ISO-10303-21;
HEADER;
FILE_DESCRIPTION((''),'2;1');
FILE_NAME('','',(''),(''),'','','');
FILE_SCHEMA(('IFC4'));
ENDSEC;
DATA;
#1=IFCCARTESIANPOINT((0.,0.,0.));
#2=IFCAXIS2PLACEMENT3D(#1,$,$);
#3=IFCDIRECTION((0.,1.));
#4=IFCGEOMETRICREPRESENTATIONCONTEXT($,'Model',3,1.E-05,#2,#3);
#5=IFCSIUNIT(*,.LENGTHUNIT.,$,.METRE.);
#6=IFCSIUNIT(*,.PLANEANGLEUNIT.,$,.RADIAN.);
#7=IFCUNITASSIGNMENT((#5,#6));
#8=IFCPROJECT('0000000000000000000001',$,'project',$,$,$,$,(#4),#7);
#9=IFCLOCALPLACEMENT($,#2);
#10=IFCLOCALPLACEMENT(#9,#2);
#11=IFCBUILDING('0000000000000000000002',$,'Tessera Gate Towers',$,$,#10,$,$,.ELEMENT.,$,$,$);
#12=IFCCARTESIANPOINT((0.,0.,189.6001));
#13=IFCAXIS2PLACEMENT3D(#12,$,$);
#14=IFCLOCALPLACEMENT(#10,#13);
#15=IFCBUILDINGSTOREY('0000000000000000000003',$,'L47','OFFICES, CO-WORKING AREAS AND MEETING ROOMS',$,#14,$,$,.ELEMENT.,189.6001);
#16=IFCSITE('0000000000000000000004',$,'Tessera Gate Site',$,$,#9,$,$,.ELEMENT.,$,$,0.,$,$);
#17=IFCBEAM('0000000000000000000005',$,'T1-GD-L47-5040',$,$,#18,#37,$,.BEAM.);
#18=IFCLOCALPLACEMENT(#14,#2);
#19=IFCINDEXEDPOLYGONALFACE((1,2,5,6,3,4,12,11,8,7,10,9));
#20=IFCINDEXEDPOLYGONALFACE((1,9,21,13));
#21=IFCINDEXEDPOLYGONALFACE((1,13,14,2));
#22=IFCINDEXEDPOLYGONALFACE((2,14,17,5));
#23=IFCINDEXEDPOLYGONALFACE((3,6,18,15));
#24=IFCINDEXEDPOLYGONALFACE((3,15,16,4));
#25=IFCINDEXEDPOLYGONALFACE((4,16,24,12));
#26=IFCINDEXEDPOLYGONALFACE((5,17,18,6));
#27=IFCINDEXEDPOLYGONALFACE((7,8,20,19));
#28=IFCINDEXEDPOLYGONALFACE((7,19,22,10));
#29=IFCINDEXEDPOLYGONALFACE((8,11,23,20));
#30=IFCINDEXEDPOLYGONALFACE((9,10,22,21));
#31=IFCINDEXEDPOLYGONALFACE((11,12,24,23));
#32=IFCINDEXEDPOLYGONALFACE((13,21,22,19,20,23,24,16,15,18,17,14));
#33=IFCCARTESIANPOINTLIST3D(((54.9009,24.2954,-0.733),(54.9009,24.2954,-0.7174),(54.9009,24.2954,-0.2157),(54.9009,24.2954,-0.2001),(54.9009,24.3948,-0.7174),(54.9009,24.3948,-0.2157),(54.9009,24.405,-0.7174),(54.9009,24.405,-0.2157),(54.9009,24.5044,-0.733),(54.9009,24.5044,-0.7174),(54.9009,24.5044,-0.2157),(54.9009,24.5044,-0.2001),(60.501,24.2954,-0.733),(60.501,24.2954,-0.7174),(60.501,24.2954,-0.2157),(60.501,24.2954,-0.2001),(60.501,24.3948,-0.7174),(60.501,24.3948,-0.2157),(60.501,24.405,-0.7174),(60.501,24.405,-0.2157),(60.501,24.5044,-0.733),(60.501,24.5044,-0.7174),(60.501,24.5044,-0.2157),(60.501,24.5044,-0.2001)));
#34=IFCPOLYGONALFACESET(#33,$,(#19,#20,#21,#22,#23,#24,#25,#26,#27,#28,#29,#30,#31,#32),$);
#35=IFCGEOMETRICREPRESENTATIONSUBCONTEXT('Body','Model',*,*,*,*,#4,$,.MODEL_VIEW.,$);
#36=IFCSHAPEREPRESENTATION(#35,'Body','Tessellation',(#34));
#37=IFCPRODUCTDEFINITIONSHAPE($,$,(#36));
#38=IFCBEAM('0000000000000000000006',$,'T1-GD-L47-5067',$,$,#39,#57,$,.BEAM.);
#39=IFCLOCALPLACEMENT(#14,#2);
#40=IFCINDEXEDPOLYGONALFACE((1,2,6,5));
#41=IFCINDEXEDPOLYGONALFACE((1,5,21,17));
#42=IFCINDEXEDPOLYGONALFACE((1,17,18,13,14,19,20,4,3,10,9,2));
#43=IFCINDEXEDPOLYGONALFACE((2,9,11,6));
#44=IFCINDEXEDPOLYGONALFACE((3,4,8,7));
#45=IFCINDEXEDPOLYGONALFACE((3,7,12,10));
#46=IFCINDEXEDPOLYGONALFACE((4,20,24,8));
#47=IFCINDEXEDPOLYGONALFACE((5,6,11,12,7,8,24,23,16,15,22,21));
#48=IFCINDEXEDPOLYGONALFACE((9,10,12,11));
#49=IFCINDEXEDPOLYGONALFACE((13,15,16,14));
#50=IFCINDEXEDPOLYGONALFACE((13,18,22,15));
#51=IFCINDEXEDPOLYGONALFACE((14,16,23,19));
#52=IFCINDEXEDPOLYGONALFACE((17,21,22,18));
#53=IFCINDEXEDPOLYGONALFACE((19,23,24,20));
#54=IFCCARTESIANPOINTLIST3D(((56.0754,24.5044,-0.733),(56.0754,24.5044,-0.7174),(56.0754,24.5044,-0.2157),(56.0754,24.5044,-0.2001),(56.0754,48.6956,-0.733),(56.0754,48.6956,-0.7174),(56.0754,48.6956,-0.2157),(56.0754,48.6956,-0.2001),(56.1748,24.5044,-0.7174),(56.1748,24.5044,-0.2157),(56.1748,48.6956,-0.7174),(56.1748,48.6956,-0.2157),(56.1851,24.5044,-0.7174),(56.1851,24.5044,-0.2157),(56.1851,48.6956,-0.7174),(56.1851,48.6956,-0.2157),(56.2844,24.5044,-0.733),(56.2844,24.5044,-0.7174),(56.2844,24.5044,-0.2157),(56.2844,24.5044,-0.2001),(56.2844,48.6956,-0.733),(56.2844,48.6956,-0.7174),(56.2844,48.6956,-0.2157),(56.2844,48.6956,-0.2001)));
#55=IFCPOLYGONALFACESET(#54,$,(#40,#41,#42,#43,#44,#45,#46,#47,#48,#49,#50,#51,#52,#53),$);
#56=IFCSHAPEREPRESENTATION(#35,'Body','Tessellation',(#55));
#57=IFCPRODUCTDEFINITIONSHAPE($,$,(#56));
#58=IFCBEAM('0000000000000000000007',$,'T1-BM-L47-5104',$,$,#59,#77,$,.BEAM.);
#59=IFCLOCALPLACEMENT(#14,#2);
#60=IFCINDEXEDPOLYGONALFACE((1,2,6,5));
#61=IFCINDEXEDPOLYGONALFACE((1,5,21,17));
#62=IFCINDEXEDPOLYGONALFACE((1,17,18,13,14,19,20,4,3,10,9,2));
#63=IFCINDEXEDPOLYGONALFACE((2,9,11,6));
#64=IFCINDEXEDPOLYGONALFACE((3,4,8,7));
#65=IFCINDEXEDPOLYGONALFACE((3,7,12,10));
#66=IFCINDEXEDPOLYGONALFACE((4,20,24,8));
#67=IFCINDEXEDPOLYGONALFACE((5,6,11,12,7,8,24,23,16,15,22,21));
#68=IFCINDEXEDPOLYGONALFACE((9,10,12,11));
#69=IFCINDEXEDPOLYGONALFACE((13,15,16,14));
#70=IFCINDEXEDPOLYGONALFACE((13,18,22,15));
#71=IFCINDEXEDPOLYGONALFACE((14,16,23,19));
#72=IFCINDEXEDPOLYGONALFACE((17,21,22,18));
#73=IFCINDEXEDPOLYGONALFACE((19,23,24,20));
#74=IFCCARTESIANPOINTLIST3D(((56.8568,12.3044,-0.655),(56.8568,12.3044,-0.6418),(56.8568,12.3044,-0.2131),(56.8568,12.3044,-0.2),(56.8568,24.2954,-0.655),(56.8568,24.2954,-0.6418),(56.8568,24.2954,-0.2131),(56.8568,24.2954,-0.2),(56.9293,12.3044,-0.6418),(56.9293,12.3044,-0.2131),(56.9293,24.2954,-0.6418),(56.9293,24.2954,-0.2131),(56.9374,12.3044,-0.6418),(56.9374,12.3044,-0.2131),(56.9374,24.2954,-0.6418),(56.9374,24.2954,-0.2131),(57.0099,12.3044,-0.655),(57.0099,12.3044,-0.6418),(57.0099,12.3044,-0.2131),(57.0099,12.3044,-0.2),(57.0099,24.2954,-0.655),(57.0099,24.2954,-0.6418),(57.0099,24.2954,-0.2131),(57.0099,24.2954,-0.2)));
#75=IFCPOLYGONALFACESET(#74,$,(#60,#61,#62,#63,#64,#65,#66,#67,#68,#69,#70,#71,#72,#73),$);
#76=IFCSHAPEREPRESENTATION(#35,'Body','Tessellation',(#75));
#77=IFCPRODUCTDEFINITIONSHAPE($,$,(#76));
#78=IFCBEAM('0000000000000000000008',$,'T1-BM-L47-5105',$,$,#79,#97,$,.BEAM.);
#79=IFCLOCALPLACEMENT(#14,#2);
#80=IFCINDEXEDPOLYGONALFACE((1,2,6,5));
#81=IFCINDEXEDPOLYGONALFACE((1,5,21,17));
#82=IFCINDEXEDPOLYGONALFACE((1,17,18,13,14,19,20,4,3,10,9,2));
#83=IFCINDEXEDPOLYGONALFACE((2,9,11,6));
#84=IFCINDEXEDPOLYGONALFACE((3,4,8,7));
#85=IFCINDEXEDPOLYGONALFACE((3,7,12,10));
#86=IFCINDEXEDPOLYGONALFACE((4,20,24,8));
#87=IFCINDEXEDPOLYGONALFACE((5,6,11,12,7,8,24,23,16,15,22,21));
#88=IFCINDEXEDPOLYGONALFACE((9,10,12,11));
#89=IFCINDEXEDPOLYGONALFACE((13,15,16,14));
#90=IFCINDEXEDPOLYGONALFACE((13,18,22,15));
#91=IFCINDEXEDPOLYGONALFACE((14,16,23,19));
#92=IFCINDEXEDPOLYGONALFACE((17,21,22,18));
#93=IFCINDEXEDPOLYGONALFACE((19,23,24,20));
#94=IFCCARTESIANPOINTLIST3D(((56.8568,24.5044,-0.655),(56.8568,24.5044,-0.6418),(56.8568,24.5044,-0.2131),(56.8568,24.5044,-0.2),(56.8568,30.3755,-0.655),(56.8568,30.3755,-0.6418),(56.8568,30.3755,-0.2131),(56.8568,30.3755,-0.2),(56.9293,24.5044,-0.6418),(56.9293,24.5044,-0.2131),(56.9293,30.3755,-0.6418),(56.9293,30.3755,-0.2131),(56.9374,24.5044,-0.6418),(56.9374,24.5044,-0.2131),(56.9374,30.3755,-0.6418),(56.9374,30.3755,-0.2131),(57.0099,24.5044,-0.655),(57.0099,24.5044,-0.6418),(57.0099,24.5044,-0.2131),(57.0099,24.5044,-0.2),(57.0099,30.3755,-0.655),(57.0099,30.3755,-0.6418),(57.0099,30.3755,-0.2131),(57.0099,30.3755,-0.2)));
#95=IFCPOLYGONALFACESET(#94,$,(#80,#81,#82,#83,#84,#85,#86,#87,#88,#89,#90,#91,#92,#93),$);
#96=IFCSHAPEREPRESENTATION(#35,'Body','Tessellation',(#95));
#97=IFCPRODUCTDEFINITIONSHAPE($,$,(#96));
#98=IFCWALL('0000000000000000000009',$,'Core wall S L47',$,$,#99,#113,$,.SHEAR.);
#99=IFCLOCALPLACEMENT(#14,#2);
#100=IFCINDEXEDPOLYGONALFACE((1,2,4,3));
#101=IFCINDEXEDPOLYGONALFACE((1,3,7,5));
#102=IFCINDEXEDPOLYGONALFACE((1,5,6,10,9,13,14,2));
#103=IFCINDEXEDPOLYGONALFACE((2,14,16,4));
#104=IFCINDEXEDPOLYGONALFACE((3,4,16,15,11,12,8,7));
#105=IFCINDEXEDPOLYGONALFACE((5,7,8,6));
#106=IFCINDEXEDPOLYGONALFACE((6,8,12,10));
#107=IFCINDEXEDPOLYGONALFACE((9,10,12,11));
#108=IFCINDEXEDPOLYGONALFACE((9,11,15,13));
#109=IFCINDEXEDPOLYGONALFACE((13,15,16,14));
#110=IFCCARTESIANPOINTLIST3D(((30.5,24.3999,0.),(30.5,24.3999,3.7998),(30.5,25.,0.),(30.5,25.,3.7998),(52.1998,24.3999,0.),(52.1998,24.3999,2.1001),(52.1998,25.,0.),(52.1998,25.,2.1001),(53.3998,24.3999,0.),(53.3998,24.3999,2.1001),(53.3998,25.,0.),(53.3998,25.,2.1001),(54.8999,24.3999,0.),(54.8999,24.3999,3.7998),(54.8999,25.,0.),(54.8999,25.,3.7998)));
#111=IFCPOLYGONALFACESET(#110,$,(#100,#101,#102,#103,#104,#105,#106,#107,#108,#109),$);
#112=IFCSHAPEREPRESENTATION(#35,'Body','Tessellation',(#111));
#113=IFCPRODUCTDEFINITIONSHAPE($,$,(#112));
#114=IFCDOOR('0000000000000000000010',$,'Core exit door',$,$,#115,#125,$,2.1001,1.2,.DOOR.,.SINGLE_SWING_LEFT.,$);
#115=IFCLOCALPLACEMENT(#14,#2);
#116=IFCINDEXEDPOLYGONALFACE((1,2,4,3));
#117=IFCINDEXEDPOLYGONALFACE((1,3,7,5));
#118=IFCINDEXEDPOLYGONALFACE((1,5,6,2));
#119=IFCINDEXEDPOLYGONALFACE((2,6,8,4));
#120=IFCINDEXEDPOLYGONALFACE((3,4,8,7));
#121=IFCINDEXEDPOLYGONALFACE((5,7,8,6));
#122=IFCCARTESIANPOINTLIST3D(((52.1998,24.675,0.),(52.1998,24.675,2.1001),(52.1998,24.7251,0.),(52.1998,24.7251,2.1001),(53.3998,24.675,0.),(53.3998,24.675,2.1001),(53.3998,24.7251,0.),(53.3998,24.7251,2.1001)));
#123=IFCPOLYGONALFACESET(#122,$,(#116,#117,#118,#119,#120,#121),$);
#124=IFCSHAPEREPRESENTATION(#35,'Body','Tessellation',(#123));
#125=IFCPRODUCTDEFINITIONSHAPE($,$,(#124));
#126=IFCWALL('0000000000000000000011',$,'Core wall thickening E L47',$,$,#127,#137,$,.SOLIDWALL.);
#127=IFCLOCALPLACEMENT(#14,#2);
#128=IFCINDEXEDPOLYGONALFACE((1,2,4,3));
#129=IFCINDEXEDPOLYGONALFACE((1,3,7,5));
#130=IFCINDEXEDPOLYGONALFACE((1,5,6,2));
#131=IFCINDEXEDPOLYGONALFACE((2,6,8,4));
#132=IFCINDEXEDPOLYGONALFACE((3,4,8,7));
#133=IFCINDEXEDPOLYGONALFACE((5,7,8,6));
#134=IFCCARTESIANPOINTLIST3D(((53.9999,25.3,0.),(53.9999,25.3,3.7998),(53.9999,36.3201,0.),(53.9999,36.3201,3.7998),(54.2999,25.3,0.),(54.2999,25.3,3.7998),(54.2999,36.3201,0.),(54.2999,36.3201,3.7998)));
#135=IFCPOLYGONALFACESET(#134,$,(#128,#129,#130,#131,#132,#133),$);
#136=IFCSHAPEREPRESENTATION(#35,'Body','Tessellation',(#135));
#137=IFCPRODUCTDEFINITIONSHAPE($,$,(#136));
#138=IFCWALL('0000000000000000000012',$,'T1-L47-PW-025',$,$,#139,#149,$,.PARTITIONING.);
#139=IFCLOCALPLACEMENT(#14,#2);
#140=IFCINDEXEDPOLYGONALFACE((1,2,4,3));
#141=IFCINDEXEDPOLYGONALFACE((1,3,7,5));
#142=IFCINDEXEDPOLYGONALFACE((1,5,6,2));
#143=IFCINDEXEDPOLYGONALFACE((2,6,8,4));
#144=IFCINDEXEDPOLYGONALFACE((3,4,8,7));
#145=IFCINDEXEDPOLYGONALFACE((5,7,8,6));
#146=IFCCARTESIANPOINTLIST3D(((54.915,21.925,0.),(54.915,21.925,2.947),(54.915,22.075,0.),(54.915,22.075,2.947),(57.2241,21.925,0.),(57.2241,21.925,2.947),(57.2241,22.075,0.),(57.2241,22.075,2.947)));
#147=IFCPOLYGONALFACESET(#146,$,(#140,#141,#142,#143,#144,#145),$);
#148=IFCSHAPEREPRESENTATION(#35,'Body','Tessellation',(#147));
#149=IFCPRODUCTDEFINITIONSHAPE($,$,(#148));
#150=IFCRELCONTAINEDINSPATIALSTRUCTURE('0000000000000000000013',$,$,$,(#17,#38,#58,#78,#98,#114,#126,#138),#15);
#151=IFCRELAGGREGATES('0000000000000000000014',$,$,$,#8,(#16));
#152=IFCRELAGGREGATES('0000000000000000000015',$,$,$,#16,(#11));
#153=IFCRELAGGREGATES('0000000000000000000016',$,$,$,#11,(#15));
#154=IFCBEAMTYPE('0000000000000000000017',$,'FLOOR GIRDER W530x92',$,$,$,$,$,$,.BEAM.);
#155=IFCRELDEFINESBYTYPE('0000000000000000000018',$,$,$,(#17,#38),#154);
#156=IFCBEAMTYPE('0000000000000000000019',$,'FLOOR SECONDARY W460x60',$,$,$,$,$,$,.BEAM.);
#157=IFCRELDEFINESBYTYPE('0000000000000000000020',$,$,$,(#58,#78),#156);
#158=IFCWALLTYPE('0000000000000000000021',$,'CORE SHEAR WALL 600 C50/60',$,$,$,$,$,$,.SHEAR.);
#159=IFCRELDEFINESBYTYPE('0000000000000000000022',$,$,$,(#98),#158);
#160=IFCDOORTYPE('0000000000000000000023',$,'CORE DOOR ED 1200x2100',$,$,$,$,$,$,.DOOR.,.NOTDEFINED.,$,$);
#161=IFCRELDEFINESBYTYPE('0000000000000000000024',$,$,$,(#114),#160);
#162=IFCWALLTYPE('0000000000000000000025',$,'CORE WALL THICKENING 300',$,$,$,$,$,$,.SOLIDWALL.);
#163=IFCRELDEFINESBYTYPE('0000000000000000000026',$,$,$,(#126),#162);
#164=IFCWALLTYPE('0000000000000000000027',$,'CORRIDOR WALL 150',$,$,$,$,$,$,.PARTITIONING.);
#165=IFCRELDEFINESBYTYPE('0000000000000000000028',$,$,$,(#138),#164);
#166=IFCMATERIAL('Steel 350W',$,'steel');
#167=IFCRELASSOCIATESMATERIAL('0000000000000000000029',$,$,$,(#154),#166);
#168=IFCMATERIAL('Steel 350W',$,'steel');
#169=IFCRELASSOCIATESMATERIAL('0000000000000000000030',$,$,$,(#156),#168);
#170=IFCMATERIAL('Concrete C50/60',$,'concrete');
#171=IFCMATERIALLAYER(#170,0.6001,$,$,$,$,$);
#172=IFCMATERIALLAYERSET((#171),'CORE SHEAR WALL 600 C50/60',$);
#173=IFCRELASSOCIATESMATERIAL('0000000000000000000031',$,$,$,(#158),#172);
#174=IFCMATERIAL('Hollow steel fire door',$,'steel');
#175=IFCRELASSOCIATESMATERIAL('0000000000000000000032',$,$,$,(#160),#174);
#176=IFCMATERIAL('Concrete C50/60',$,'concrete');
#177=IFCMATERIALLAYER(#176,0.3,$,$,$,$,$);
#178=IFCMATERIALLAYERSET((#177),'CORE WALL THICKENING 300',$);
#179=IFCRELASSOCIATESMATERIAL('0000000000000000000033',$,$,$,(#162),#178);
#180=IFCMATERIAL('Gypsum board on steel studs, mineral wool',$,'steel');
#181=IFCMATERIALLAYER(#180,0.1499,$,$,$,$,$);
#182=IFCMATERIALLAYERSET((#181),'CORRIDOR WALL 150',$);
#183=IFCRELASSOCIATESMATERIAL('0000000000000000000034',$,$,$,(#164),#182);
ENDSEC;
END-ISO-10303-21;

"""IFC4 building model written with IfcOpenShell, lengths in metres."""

from ifc_helpers import new_model, si_unit, direction, frame, frame_2d, origin, origin_2d, place, context, subcontext, project, spatial, rectangle, i_section, extrude, source, transform, mapped, material, layer, layer_set, material_profile, profile_set, type_object, element, fill, save


model = new_model("IFC4")

# Units and contexts
model_context = context("Model", 3, precision=1e-05, world=origin(), true_north=direction((0.0, 1.0)))
body_context = subcontext(model_context, "Body", "Model", "MODEL_VIEW")
ifc_project = project(units=[si_unit("LENGTHUNIT", "METRE"), si_unit("PLANEANGLEUNIT", "RADIAN")], contexts=[model_context])

# Site, building, storey
site_placement = place(None, origin())
site = spatial("IfcSite", under=ifc_project, at=site_placement, Name="Tessera Gate Site", CompositionType="ELEMENT", RefElevation=0.0)
building_placement = place(site_placement, origin())
building = spatial("IfcBuilding", under=site, at=building_placement, Name="Tessera Gate Towers", CompositionType="ELEMENT")
storey_placement = place(building_placement, frame((0.0, 0.0, 189.6001)))
storey = spatial("IfcBuildingStorey", under=building, at=storey_placement, Name="L47", Description="OFFICES, CO-WORKING AREAS AND MEETING ROOMS", CompositionType="ELEMENT", Elevation=189.6001)

# Beams
ifc_material_1 = material(Name="Steel 350W", Category="steel")
ifc_material_profile_1 = material_profile(ifc_material_1, i_section(OverallWidth=0.209, OverallDepth=0.533, WebThickness=0.0103, FlangeThickness=0.0156, at=origin_2d()), Name="W530x92")
ifc_profile_set_1 = profile_set([ifc_material_profile_1], Name="Steel 350W")
beam_type_1 = type_object("IfcBeamType", Name="FLOOR GIRDER W530x92", PredefinedType="BEAM", material=ifc_profile_set_1)
beam_1_placement = place(storey_placement, frame((54.9009, 24.3999, -0.4666), z_axis=(1.0, 0.0, 0.0), x_axis=(0.0, 1.0, 0.0)))
element("IfcBeam", 1, at=beam_1_placement, inside=storey, type_object=beam_type_1, Name="T1-GD-L47-5040", PredefinedType="BEAM", context=body_context, shape_type="SweptSolid", body=[
    extrude(i_section(OverallWidth=0.209, OverallDepth=0.533, WebThickness=0.0103, FlangeThickness=0.0156, at=origin_2d()), origin(), (0.0, 0.0, 1.0), 5.6001),
])
beam_2_placement = place(storey_placement, frame((56.1799, 24.5044, -0.4666), z_axis=(0.0, 1.0, 0.0), x_axis=(-1.0, 0.0, 0.0)))
element("IfcBeam", 2, at=beam_2_placement, inside=storey, type_object=beam_type_1, Name="T1-GD-L47-5067", PredefinedType="BEAM", context=body_context, shape_type="SweptSolid", body=[
    extrude(i_section(OverallWidth=0.209, OverallDepth=0.533, WebThickness=0.0103, FlangeThickness=0.0156, at=origin_2d()), origin(), (0.0, 0.0, 1.0), 24.1912),
])
ifc_material_2 = material(Name="Steel 350W", Category="steel")
ifc_material_profile_2 = material_profile(ifc_material_2, i_section(OverallWidth=0.1531, OverallDepth=0.4551, WebThickness=0.0081, FlangeThickness=0.0132, at=origin_2d()), Name="W460x60")
ifc_profile_set_2 = profile_set([ifc_material_profile_2], Name="Steel 350W")
beam_type_2 = type_object("IfcBeamType", Name="FLOOR SECONDARY W460x60", PredefinedType="BEAM", material=ifc_profile_set_2)
beam_3_placement = place(storey_placement, frame((56.9333, 12.3044, -0.4275), z_axis=(0.0, 1.0, 0.0), x_axis=(-1.0, 0.0, 0.0)))
element("IfcBeam", 3, at=beam_3_placement, inside=storey, type_object=beam_type_2, Name="T1-BM-L47-5104", PredefinedType="BEAM", context=body_context, shape_type="SweptSolid", body=[
    extrude(i_section(OverallWidth=0.1531, OverallDepth=0.4551, WebThickness=0.0081, FlangeThickness=0.0132, at=origin_2d()), origin(), (0.0, 0.0, 1.0), 11.991),
])
beam_4_placement = place(storey_placement, frame((56.9333, 24.5044, -0.4275), z_axis=(0.0, 1.0, 0.0), x_axis=(-1.0, 0.0, 0.0)))
element("IfcBeam", 4, at=beam_4_placement, inside=storey, type_object=beam_type_2, Name="T1-BM-L47-5105", PredefinedType="BEAM", context=body_context, shape_type="SweptSolid", body=[
    extrude(i_section(OverallWidth=0.1531, OverallDepth=0.4551, WebThickness=0.0081, FlangeThickness=0.0132, at=origin_2d()), origin(), (0.0, 0.0, 1.0), 5.8711),
])

# Wall, opening, door
ifc_material_3 = material(Name="Concrete C50/60", Category="concrete")
ifc_layer_1 = layer(ifc_material_3, 0.6001)
ifc_layer_set_1 = layer_set([ifc_layer_1], Name="CORE SHEAR WALL 600 C50/60")
wall_type_1 = type_object("IfcWallType", Name="CORE SHEAR WALL 600 C50/60", PredefinedType="SHEAR", material=ifc_layer_set_1)
wall_1_placement = place(storey_placement, frame((54.8999, 24.7, 0.0), z_axis=(0.0, 0.0, 1.0), x_axis=(-1.0, 0.0, 0.0)))
wall_1 = element("IfcWall", 5, at=wall_1_placement, inside=storey, type_object=wall_type_1, Name="Core wall S L47", PredefinedType="SHEAR", context=body_context, shape_type="SweptSolid", body=[
    extrude(rectangle(XDim=24.3999, YDim=0.6001, at=frame_2d((12.2, 0.0))), origin(), (0.0, 0.0, 1.0), 3.7998),
])
shared_shape_1 = source(origin(), body_context, "Body", "SweptSolid", [
    extrude(rectangle(XDim=1.2, YDim=2.1001, at=frame_2d((0.6001, 1.05))), frame((0.0, 0.3101, 0.0), z_axis=(0.0, -1.0, 0.0), x_axis=(1.0, 0.0, 0.0)), (0.0, 0.0, 1.0), 0.6201),
])
opening_1_placement = place(wall_1_placement, frame((1.5, 0.0, 0.0)))
opening_1 = element("IfcOpeningElement", 6, at=opening_1_placement, cuts=wall_1, PredefinedType="OPENING", context=body_context, shape_type="MappedRepresentation", body=[
    mapped(shared_shape_1, transform((0.0, 0.0, 0.0), scale=1.0)),
])
ifc_material_4 = material(Name="Hollow steel fire door", Category="steel")
door_type_1 = type_object("IfcDoorType", Name="CORE DOOR ED 1200x2100", OperationType="NOTDEFINED", PredefinedType="DOOR", material=ifc_material_4)
shared_shape_2 = source(origin(), body_context, "Body", "SweptSolid", [
    extrude(rectangle(XDim=1.2, YDim=2.1001, at=frame_2d((0.6001, 1.05))), frame((0.0, 0.0249, 0.0), z_axis=(0.0, -1.0, 0.0), x_axis=(1.0, 0.0, 0.0)), (0.0, 0.0, 1.0), 0.05),
])
door_1_placement = place(opening_1_placement, origin())
door_1 = element("IfcDoor", 7, at=door_1_placement, inside=storey, type_object=door_type_1, Name="Core exit door", OperationType="SINGLE_SWING_LEFT", OverallHeight=2.1001, OverallWidth=1.2, PredefinedType="DOOR", context=body_context, shape_type="MappedRepresentation", body=[
    mapped(shared_shape_2, transform((0.0, 0.0, 0.0), scale=1.0)),
])
fill(opening_1, door_1)

# Walls
ifc_material_5 = material(Name="Concrete C50/60", Category="concrete")
ifc_layer_2 = layer(ifc_material_5, 0.3)
ifc_layer_set_2 = layer_set([ifc_layer_2], Name="CORE WALL THICKENING 300")
wall_type_2 = type_object("IfcWallType", Name="CORE WALL THICKENING 300", PredefinedType="SOLIDWALL", material=ifc_layer_set_2)
wall_2_placement = place(storey_placement, frame((54.1499, 25.3, 0.0), z_axis=(0.0, 0.0, 1.0), x_axis=(0.0, 1.0, 0.0)))
element("IfcWall", 8, at=wall_2_placement, inside=storey, type_object=wall_type_2, Name="Core wall thickening E L47", PredefinedType="SOLIDWALL", context=body_context, shape_type="SweptSolid", body=[
    extrude(rectangle(XDim=11.02, YDim=0.3, at=frame_2d((5.51, 0.0))), origin(), (0.0, 0.0, 1.0), 3.7998),
])
ifc_material_6 = material(Name="Gypsum board on steel studs, mineral wool", Category="steel")
ifc_layer_3 = layer(ifc_material_6, 0.1499)
ifc_layer_set_3 = layer_set([ifc_layer_3], Name="CORRIDOR WALL 150")
wall_type_3 = type_object("IfcWallType", Name="CORRIDOR WALL 150", PredefinedType="PARTITIONING", material=ifc_layer_set_3)
wall_3_placement = place(storey_placement, frame((54.915, 22.0, 0.0), z_axis=(0.0, 0.0, 1.0), x_axis=(1.0, 0.0, 0.0)))
element("IfcWall", 9, at=wall_3_placement, inside=storey, type_object=wall_type_3, Name="T1-L47-PW-025", PredefinedType="PARTITIONING", context=body_context, shape_type="SweptSolid", body=[
    extrude(rectangle(XDim=2.3091, YDim=0.1499, at=frame_2d((1.1545, 0.0))), origin(), (0.0, 0.0, 1.0), 2.947),
])

save(model, "model.ifc")
